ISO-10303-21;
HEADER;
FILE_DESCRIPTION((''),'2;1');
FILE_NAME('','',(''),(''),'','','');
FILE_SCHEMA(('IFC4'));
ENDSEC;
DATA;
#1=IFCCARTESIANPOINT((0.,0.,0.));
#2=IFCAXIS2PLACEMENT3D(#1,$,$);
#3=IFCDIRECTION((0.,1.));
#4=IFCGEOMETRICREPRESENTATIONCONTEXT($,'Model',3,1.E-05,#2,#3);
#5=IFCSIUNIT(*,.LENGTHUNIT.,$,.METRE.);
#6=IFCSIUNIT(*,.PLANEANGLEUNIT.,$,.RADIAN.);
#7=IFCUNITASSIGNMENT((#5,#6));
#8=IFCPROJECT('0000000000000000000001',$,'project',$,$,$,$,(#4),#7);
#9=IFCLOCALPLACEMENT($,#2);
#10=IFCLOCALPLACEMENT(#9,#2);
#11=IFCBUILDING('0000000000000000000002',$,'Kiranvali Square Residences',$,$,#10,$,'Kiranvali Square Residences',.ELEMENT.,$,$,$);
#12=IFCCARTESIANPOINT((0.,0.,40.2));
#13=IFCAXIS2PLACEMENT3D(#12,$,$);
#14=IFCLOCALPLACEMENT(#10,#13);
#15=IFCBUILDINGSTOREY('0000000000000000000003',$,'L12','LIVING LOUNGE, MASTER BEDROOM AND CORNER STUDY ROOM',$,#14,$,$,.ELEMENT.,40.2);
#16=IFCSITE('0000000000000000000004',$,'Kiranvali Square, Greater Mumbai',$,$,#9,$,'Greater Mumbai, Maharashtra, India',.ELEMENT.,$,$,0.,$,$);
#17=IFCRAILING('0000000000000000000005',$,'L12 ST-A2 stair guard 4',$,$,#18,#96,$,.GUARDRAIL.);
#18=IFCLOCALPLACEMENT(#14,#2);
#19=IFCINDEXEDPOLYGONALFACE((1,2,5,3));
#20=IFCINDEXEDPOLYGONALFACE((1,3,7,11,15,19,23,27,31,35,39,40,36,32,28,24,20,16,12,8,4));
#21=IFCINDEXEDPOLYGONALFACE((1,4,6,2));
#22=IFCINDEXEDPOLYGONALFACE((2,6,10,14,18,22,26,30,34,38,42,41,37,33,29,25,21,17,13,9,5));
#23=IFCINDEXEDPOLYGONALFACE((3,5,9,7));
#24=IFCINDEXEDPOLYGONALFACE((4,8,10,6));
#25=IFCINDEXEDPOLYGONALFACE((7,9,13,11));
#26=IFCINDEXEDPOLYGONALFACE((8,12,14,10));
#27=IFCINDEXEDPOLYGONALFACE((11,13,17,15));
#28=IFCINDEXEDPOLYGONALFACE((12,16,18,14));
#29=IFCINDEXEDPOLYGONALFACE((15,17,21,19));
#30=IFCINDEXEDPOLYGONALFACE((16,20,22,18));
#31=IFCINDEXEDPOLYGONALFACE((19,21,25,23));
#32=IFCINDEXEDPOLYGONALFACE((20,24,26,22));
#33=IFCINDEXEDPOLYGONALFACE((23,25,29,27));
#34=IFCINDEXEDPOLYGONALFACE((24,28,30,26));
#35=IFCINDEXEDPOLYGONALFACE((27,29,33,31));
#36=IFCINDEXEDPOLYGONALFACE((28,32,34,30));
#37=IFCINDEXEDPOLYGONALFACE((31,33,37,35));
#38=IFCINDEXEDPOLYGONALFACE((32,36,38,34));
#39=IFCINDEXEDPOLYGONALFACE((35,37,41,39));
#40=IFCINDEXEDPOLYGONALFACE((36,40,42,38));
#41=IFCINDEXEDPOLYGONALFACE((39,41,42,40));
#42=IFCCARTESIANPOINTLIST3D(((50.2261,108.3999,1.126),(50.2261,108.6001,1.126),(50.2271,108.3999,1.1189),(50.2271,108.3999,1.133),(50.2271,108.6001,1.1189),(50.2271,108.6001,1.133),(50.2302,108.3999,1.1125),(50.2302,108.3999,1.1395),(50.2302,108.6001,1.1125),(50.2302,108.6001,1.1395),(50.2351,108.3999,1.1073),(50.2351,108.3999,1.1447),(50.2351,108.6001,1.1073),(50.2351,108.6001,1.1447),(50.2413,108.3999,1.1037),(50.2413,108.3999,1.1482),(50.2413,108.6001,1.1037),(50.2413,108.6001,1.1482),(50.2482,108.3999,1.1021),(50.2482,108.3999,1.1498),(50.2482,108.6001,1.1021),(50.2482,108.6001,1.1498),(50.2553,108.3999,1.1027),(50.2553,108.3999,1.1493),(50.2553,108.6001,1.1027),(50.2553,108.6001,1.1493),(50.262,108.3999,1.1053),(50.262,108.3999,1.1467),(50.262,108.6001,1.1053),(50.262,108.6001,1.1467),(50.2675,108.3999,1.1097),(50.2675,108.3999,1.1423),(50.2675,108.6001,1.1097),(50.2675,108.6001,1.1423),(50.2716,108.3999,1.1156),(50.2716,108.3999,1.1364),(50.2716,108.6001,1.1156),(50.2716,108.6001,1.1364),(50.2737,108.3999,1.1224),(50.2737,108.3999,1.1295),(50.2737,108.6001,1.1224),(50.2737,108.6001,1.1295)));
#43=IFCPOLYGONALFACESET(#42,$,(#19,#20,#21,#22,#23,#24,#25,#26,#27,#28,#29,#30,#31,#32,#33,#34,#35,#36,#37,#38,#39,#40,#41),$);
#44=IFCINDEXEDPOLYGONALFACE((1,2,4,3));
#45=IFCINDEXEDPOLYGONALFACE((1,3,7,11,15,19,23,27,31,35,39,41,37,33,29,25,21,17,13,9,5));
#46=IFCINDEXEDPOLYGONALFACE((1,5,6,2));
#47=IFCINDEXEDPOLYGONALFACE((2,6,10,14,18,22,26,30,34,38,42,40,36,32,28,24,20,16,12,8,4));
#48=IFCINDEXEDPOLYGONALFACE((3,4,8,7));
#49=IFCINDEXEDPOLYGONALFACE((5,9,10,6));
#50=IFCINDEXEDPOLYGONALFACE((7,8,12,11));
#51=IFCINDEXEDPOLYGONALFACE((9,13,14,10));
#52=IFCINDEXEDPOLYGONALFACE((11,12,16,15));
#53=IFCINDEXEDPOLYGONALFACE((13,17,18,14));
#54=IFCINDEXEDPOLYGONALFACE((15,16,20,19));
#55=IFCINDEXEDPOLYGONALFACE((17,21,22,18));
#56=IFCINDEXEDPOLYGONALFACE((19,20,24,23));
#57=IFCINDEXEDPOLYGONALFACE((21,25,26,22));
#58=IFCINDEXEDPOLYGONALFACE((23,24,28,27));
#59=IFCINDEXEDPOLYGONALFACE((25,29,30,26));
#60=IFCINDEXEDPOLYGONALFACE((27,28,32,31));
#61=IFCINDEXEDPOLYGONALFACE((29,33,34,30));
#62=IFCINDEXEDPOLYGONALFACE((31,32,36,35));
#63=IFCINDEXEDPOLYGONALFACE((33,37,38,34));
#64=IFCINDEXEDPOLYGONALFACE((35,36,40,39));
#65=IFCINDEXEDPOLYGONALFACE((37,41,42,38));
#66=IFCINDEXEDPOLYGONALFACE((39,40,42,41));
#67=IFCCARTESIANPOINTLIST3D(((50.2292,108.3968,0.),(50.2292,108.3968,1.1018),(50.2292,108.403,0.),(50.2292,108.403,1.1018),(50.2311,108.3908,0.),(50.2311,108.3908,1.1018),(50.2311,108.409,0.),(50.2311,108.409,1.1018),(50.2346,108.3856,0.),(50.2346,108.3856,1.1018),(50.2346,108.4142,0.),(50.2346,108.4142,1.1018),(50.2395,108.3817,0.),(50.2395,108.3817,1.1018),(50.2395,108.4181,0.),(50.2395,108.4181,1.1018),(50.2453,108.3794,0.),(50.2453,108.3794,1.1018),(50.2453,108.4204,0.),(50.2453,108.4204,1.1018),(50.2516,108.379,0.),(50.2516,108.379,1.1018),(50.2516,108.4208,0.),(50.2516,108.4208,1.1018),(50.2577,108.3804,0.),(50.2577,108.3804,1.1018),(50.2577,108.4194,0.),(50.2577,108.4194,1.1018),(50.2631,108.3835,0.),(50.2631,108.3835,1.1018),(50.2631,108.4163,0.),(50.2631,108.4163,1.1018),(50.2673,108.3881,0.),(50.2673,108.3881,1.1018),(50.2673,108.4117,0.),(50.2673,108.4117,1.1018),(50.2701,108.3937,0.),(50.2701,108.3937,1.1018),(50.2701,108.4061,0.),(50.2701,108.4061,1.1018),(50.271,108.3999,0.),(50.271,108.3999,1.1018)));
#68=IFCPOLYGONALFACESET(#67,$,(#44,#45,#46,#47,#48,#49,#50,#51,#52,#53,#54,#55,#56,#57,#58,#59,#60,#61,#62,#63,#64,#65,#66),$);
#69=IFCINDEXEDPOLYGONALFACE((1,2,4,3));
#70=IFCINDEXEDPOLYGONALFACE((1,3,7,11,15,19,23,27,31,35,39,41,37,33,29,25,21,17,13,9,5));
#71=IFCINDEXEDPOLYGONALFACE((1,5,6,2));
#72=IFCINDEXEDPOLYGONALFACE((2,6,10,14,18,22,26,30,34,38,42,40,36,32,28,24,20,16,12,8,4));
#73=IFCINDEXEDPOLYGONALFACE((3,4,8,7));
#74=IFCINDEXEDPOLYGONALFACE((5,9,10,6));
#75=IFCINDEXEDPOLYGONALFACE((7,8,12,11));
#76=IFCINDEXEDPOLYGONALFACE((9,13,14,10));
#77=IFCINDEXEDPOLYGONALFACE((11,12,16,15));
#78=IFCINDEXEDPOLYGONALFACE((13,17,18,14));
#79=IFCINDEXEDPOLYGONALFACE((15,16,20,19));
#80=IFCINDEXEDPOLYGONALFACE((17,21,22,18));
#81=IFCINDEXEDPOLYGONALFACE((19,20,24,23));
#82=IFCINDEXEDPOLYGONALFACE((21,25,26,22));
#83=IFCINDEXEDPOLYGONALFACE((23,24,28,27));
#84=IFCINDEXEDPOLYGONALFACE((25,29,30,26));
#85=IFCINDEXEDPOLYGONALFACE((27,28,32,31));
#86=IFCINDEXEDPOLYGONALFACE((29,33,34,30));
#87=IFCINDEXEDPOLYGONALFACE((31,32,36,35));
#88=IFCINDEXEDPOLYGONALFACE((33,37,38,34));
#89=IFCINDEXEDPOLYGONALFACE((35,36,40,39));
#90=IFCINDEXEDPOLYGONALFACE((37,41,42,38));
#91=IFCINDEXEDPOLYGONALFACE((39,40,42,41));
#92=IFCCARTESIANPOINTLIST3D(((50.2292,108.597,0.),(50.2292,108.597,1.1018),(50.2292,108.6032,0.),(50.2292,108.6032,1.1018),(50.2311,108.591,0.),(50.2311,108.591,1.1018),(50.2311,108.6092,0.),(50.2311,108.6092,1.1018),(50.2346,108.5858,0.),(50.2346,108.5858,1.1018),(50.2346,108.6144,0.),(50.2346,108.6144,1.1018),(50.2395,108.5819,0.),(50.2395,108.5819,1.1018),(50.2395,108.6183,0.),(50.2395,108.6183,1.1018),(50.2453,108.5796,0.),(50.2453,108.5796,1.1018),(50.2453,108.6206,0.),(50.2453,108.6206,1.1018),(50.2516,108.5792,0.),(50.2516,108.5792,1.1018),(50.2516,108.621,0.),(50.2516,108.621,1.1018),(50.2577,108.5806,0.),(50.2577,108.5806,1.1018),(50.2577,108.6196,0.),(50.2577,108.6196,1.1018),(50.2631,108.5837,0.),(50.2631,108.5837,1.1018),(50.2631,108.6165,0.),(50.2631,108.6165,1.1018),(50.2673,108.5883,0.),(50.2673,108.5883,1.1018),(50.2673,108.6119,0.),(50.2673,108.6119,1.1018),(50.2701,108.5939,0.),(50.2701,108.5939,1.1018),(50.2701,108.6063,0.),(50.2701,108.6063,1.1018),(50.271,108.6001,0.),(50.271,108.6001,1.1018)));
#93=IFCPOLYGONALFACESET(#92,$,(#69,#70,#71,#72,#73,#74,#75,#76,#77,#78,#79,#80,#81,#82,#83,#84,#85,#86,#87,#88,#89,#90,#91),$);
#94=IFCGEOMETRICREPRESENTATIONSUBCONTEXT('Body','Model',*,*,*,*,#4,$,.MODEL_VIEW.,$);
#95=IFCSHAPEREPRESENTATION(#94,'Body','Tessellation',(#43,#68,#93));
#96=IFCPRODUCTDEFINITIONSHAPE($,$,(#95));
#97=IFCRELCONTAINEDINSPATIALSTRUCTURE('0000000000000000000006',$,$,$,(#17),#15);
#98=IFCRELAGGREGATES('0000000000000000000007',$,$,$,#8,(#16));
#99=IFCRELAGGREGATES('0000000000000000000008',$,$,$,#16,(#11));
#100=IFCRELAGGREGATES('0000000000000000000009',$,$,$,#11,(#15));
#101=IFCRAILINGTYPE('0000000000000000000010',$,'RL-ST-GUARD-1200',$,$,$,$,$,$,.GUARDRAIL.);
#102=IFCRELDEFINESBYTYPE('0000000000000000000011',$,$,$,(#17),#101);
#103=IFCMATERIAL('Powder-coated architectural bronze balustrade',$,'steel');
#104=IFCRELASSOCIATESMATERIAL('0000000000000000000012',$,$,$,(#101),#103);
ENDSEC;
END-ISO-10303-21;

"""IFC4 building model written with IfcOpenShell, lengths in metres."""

from ifc_helpers import new_model, si_unit, direction, frame, origin, origin_2d, place, context, subcontext, project, spatial, circle, extrude, material, type_object, element, save


model = new_model("IFC4")

# Units and contexts
model_context = context("Model", 3, precision=1e-05, world=origin(), true_north=direction((0.0, 1.0)))
body_context = subcontext(model_context, "Body", "Model", "MODEL_VIEW")
ifc_project = project(units=[si_unit("LENGTHUNIT", "METRE"), si_unit("PLANEANGLEUNIT", "RADIAN")], contexts=[model_context])

# Site, building, storey
site_placement = place(None, origin())
site = spatial("IfcSite", under=ifc_project, at=site_placement, Name="Kiranvali Square, Greater Mumbai", LongName="Greater Mumbai, Maharashtra, India", CompositionType="ELEMENT", RefElevation=0.0)
building_placement = place(site_placement, origin())
building = spatial("IfcBuilding", under=site, at=building_placement, Name="Kiranvali Square Residences", LongName="Kiranvali Square Residences", CompositionType="ELEMENT")
storey_placement = place(building_placement, frame((0.0, 0.0, 40.2)))
storey = spatial("IfcBuildingStorey", under=building, at=storey_placement, Name="L12", Description="LIVING LOUNGE, MASTER BEDROOM AND CORNER STUDY ROOM", CompositionType="ELEMENT", Elevation=40.2)

# Railing
ifc_material_1 = material(Name="Powder-coated architectural bronze balustrade", Category="steel")
railing_type_1 = type_object("IfcRailingType", Name="RL-ST-GUARD-1200", PredefinedType="GUARDRAIL", material=ifc_material_1)
railing_1_placement = place(storey_placement, frame((50.25, 108.3999, 0.0)))
element("IfcRailing", 1, at=railing_1_placement, inside=storey, type_object=railing_type_1, Name="L12 ST-A2 stair guard 4", PredefinedType="GUARDRAIL", context=body_context, shape_type="SweptSolid", body=[
    extrude(circle(Radius=0.0239, at=origin_2d()), frame((0.0, 0.0, 1.126), z_axis=(0.0, 1.0, 0.0), x_axis=(-1.0, 0.0, 0.0)), (0.0, 0.0, 1.0), 0.2002),
    extrude(circle(Radius=0.021, at=origin_2d()), origin(), (0.0, 0.0, 1.0), 1.1018),
    extrude(circle(Radius=0.021, at=origin_2d()), frame((0.0, 0.2002, 0.0)), (0.0, 0.0, 1.0), 1.1018),
])

save(model, "model.ifc")
